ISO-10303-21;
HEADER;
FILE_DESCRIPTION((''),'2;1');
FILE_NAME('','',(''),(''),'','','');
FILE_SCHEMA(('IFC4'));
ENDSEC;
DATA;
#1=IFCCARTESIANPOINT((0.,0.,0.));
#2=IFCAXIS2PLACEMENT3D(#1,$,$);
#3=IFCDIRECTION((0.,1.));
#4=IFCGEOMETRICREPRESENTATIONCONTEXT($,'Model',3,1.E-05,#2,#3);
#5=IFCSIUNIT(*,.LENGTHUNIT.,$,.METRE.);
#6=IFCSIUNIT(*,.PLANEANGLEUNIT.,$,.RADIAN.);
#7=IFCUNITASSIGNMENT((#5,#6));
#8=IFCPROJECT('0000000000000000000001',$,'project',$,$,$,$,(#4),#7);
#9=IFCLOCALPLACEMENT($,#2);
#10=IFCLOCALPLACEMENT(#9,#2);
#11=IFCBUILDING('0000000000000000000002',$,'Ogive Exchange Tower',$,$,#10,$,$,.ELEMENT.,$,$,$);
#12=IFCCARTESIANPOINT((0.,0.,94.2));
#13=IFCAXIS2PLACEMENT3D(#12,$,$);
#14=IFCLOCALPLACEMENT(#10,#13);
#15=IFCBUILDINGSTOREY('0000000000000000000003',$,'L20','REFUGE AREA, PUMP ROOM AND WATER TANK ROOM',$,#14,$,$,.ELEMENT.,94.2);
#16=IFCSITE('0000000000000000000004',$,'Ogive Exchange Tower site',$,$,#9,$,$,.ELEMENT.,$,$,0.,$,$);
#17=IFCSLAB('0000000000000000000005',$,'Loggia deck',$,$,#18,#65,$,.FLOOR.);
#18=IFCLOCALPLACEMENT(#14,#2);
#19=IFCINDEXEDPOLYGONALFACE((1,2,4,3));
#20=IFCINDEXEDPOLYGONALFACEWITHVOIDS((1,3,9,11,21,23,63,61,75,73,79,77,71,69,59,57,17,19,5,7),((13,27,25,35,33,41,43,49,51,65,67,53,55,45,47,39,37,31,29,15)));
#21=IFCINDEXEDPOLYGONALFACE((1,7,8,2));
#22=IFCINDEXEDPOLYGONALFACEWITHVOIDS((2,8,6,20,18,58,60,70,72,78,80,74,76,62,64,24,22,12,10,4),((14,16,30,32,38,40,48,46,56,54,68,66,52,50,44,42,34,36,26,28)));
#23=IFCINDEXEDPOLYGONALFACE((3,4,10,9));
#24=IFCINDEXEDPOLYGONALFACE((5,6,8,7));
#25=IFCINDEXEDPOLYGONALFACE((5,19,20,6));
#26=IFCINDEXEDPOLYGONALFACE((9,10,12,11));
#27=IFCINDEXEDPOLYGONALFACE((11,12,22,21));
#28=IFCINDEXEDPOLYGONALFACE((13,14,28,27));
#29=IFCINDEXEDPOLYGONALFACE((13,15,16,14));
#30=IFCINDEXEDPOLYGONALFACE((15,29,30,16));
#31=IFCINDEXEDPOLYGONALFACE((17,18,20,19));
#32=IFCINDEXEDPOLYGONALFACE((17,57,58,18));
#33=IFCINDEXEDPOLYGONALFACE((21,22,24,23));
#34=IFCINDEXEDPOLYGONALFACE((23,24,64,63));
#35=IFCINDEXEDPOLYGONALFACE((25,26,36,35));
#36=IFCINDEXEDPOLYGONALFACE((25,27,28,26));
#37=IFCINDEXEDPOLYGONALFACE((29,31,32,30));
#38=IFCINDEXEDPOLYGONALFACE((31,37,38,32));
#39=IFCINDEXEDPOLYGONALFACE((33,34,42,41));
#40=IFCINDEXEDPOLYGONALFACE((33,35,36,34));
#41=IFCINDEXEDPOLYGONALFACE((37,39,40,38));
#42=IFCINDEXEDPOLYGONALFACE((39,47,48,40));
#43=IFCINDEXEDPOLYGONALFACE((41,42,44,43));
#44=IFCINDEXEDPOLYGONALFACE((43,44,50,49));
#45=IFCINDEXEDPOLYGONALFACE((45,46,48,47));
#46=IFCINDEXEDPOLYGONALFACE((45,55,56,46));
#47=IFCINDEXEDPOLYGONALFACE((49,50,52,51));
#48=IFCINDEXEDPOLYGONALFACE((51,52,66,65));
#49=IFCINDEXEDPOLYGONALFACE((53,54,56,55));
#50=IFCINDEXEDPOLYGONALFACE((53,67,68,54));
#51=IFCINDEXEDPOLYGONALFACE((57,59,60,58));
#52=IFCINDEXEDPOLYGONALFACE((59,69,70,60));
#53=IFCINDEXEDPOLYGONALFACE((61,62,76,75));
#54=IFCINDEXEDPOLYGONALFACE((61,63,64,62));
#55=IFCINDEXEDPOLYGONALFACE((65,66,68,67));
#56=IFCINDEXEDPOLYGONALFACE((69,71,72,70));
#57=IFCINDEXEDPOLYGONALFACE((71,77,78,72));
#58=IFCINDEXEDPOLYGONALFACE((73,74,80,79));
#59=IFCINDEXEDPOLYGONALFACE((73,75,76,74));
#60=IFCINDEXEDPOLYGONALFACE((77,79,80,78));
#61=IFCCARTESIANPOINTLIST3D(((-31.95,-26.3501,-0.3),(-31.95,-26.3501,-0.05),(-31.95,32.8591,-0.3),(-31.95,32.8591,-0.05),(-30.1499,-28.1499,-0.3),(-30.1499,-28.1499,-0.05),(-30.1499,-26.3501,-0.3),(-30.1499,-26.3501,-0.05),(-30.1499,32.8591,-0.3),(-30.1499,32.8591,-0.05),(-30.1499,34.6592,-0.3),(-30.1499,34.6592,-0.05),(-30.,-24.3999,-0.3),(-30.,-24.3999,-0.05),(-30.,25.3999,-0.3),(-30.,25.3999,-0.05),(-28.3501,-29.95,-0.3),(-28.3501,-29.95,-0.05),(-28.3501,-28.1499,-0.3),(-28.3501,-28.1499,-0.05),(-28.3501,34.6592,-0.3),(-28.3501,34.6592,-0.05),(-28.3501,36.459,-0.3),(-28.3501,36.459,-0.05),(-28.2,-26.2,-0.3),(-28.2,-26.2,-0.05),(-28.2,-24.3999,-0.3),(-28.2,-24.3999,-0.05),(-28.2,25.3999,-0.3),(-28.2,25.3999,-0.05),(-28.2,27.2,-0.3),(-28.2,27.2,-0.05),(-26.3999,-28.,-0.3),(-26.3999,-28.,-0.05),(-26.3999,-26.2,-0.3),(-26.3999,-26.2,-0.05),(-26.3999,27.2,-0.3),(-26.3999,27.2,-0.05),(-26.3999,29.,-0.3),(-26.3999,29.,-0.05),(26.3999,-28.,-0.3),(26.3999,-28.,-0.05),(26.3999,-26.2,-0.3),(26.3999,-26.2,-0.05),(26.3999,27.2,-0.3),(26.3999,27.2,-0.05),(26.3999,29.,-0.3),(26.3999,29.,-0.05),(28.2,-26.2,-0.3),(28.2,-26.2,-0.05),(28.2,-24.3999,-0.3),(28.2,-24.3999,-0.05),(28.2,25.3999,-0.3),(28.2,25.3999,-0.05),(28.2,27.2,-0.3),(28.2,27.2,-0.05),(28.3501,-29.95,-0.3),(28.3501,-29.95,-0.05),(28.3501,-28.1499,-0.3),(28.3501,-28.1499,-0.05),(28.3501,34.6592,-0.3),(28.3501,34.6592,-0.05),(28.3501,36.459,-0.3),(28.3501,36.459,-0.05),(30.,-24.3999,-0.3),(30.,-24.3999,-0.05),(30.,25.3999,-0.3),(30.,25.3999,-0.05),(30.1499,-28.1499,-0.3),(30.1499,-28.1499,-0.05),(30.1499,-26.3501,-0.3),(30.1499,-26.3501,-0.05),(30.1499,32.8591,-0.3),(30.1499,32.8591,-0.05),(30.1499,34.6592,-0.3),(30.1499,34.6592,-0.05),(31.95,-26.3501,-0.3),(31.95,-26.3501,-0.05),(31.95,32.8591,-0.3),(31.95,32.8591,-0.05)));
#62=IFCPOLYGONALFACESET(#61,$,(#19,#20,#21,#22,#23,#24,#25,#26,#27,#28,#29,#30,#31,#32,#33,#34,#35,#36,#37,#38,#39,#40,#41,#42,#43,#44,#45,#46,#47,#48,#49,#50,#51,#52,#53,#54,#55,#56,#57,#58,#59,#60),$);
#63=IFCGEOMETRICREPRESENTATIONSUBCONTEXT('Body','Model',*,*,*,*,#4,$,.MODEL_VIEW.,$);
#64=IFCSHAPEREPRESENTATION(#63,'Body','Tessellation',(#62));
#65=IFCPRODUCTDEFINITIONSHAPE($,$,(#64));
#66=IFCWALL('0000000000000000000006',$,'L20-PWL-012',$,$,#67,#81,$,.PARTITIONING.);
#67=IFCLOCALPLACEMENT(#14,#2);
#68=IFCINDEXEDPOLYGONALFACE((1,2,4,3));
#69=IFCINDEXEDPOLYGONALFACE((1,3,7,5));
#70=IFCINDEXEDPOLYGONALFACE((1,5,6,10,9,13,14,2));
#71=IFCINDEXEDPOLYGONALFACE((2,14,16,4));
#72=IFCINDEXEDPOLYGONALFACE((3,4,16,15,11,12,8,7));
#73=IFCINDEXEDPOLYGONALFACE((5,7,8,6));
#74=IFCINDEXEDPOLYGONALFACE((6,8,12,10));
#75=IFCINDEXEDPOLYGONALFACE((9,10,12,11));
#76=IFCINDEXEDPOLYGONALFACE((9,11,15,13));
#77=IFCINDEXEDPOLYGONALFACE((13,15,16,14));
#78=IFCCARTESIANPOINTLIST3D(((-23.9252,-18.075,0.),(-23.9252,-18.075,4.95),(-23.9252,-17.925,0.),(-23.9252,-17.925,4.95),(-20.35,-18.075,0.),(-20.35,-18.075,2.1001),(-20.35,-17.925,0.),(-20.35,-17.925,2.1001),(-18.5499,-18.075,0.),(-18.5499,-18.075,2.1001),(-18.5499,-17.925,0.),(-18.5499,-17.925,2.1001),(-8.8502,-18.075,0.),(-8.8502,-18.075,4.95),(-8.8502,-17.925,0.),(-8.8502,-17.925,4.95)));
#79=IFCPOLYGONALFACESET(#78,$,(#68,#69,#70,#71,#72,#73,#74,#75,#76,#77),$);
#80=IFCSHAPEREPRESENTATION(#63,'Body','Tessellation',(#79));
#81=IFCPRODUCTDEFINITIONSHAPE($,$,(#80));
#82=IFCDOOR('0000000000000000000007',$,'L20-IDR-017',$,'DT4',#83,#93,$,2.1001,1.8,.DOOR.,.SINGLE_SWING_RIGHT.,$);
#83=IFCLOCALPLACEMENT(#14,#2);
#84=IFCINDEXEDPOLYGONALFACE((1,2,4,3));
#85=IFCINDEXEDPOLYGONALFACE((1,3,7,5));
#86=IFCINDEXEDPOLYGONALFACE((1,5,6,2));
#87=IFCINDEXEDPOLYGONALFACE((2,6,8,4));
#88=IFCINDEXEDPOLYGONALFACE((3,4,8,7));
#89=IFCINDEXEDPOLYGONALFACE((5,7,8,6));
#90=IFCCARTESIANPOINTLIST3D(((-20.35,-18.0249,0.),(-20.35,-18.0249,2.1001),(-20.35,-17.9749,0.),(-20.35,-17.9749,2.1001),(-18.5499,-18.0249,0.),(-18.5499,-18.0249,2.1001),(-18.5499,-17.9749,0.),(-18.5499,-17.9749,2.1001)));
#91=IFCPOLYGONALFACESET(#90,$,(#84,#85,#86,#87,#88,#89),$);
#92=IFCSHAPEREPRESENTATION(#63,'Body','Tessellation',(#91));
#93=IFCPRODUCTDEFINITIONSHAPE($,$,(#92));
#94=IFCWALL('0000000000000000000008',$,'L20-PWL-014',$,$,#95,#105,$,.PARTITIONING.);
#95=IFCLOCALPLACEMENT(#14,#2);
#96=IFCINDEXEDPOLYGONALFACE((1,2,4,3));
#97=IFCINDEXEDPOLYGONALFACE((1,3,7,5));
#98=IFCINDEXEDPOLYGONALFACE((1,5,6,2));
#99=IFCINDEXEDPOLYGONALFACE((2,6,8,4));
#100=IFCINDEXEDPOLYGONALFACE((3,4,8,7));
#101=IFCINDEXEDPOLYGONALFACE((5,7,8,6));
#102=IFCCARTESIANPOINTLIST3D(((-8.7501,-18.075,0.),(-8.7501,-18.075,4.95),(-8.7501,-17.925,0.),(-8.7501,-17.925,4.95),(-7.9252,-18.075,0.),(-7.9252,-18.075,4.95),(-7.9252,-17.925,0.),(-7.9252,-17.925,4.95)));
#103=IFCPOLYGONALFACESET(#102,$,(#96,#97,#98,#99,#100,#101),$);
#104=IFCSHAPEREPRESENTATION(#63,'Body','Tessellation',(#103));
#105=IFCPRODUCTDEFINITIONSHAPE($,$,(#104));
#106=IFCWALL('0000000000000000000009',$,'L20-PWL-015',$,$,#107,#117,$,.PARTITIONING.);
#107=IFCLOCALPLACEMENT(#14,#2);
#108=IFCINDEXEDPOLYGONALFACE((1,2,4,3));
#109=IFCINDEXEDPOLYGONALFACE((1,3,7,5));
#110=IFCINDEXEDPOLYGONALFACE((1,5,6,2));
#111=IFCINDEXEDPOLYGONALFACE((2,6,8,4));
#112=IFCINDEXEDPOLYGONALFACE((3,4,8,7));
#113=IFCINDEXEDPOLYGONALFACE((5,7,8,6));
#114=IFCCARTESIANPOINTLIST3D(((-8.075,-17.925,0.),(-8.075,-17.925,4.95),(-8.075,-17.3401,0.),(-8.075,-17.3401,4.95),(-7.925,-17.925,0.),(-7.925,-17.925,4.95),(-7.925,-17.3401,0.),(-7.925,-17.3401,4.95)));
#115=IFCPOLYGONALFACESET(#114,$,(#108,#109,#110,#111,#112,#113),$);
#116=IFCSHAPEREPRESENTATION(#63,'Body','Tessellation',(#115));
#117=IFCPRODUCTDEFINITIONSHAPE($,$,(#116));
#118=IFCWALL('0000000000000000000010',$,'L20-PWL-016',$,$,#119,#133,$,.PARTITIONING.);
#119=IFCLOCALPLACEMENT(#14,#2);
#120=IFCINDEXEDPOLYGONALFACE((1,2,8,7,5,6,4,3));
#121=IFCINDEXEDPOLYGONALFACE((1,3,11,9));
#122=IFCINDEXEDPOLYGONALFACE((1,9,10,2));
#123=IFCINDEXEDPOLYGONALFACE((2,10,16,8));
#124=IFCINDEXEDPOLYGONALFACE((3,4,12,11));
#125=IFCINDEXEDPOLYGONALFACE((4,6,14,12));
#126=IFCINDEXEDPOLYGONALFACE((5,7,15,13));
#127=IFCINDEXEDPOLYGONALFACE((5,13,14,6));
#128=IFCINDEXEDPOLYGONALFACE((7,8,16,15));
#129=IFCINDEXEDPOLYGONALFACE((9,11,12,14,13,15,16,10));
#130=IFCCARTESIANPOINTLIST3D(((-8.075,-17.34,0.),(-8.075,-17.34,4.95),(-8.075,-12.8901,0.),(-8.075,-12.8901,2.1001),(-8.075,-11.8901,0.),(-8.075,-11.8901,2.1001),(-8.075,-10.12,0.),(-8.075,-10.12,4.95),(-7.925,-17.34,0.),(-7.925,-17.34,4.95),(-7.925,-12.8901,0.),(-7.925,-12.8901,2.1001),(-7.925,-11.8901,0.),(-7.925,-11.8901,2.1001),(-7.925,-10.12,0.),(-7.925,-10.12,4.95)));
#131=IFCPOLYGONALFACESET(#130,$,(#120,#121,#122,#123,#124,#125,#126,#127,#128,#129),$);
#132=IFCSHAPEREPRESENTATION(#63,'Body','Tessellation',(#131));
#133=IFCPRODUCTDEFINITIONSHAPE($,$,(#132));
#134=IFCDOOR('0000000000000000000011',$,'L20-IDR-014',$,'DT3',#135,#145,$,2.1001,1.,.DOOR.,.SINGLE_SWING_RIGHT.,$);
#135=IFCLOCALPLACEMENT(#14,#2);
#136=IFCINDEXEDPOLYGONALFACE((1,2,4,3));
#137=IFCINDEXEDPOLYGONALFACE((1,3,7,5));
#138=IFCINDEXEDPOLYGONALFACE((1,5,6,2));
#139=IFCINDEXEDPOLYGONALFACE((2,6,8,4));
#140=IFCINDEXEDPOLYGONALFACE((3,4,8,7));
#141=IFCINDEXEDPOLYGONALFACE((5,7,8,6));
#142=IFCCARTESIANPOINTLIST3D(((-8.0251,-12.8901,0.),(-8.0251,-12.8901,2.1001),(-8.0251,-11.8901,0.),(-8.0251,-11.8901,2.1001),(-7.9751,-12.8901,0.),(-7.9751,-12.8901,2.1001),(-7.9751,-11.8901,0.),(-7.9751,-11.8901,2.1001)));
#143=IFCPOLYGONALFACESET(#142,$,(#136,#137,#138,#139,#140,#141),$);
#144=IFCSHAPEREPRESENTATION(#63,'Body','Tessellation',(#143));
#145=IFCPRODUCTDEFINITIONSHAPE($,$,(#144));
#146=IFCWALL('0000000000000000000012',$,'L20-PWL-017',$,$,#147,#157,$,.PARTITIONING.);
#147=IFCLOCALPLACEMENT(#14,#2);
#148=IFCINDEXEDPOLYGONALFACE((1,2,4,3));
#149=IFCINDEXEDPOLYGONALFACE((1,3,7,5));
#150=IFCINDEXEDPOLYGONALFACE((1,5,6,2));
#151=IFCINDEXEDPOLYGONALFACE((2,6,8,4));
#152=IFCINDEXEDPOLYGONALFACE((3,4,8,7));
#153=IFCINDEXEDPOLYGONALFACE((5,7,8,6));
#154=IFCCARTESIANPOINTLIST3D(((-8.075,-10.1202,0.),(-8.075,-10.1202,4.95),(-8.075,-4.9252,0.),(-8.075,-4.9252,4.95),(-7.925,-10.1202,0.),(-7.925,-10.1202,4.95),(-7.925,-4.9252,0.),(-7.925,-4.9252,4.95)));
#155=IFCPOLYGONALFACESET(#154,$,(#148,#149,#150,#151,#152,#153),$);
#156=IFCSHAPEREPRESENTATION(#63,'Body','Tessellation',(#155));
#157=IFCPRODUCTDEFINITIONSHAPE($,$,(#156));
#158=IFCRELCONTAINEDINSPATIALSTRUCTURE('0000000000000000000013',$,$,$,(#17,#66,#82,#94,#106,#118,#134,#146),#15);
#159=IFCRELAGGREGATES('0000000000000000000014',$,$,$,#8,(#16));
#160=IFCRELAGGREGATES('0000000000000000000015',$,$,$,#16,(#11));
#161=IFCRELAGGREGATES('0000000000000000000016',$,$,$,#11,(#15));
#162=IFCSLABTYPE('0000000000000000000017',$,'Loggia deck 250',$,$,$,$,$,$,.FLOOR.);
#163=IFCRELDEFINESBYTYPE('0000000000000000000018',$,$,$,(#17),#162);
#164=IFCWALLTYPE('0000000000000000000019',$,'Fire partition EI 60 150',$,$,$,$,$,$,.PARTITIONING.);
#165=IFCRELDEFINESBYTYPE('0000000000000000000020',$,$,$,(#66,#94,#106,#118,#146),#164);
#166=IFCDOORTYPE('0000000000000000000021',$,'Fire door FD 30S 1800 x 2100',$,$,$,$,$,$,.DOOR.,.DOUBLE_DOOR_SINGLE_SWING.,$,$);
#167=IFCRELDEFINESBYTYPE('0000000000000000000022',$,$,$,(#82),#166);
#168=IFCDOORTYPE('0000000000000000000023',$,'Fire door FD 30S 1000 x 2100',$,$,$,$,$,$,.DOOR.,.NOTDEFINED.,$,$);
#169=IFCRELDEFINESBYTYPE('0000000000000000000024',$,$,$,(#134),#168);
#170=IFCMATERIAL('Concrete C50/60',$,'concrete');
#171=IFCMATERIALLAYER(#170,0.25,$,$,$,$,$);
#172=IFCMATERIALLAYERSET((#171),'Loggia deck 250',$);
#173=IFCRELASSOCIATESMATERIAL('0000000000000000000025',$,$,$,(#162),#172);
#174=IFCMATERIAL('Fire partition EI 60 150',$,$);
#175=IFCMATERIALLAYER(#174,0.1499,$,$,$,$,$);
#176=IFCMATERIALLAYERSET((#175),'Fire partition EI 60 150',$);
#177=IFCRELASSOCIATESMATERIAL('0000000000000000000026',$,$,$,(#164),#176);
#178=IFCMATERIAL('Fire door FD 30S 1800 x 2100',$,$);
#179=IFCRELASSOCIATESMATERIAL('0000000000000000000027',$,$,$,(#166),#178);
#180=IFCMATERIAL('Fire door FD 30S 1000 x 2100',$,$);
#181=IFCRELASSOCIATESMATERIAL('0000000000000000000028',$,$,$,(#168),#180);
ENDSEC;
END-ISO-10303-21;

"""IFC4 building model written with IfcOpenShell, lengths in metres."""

from ifc_helpers import new_model, si_unit, direction, frame, frame_2d, origin, place, context, subcontext, project, spatial, polyline, rectangle, outline, extrude, material, layer, layer_set, type_object, element, fill, save


model = new_model("IFC4")

# Units and contexts
model_context = context("Model", 3, precision=1e-05, world=origin(), true_north=direction((0.0, 1.0)))
body_context = subcontext(model_context, "Body", "Model", "MODEL_VIEW")
ifc_project = project(units=[si_unit("LENGTHUNIT", "METRE"), si_unit("PLANEANGLEUNIT", "RADIAN")], contexts=[model_context])

# Site, building, storey
site_placement = place(None, origin())
site = spatial("IfcSite", under=ifc_project, at=site_placement, Name="Ogive Exchange Tower site", CompositionType="ELEMENT", RefElevation=0.0)
building_placement = place(site_placement, origin())
building = spatial("IfcBuilding", under=site, at=building_placement, Name="Ogive Exchange Tower", CompositionType="ELEMENT")
storey_placement = place(building_placement, frame((0.0, 0.0, 94.2)))
storey = spatial("IfcBuildingStorey", under=building, at=storey_placement, Name="L20", Description="REFUGE AREA, PUMP ROOM AND WATER TANK ROOM", CompositionType="ELEMENT", Elevation=94.2)

# Slab
ifc_material_1 = material(Name="Concrete C50/60", Category="concrete")
ifc_layer_1 = layer(ifc_material_1, 0.25)
ifc_layer_set_1 = layer_set([ifc_layer_1], Name="Loggia deck 250")
slab_type_1 = type_object("IfcSlabType", Name="Loggia deck 250", PredefinedType="FLOOR", material=ifc_layer_set_1)
slab_1_placement = place(storey_placement, frame((0.0, 0.0, -0.3)))
element("IfcSlab", 1, at=slab_1_placement, inside=storey, type_object=slab_type_1, Name="Loggia deck", PredefinedType="FLOOR", context=body_context, shape_type="SweptSolid", body=[
    extrude(outline(polyline([(-28.3501, -28.1499), (-30.1499, -28.1499), (-30.1499, -26.3501), (-31.95, -26.3501), (-31.95, 32.8591), (-30.1499, 32.8591), (-30.1499, 34.6592), (-28.3501, 34.6592), (-28.3501, 36.459), (28.3501, 36.459), (28.3501, 34.6592), (30.1499, 34.6592), (30.1499, 32.8591), (31.95, 32.8591), (31.95, -26.3501), (30.1499, -26.3501), (30.1499, -28.1499), (28.3501, -28.1499), (28.3501, -29.95), (-28.3501, -29.95), (-28.3501, -28.1499)]), holes=[polyline([(26.3999, -26.2), (28.2, -26.2), (28.2, -24.3999), (30.0, -24.3999), (30.0, 25.3999), (28.2, 25.3999), (28.2, 27.2), (26.3999, 27.2), (26.3999, 29.0), (-26.3999, 29.0), (-26.3999, 27.2), (-28.2, 27.2), (-28.2, 25.3999), (-30.0, 25.3999), (-30.0, -24.3999), (-28.2, -24.3999), (-28.2, -26.2), (-26.3999, -26.2), (-26.3999, -28.0), (26.3999, -28.0), (26.3999, -26.2)])]), origin(), (0.0, 0.0, 1.0), 0.25),
])

# Wall, opening, door
ifc_material_2 = material(Name="Fire partition EI 60 150")
ifc_layer_2 = layer(ifc_material_2, 0.1499)
ifc_layer_set_2 = layer_set([ifc_layer_2], Name="Fire partition EI 60 150")
wall_type_1 = type_object("IfcWallType", Name="Fire partition EI 60 150", PredefinedType="PARTITIONING", material=ifc_layer_set_2)
wall_1_placement = place(storey_placement, frame((-8.8501, -18.0, 0.0), z_axis=(0.0, 0.0, 1.0), x_axis=(-1.0, 0.0, 0.0)))
wall_1 = element("IfcWall", 2, at=wall_1_placement, inside=storey, type_object=wall_type_1, Name="L20-PWL-012", PredefinedType="PARTITIONING", context=body_context, shape_type="SweptSolid", body=[
    extrude(rectangle(XDim=15.075, YDim=0.1499, at=frame_2d((7.5376, 0.0))), origin(), (0.0, 0.0, 1.0), 4.95),
])
opening_1_placement = place(wall_1_placement, frame((9.7, 0.0, 0.0)))
opening_1 = element("IfcOpeningElement", 3, at=opening_1_placement, cuts=wall_1, PredefinedType="OPENING", context=body_context, shape_type="SweptSolid", body=[
    extrude(rectangle(XDim=1.8, YDim=2.1001, at=frame_2d((0.8999, 1.05))), frame((0.0, 0.085, 0.0), z_axis=(0.0, -1.0, 0.0), x_axis=(1.0, 0.0, 0.0)), (0.0, 0.0, 1.0), 0.1699),
])
ifc_material_3 = material(Name="Fire door FD 30S 1800 x 2100")
door_type_1 = type_object("IfcDoorType", Name="Fire door FD 30S 1800 x 2100", OperationType="DOUBLE_DOOR_SINGLE_SWING", PredefinedType="DOOR", material=ifc_material_3)
door_1_placement = place(opening_1_placement, origin())
door_1 = element("IfcDoor", 4, at=door_1_placement, inside=storey, type_object=door_type_1, Name="L20-IDR-017", ObjectType="DT4", OperationType="SINGLE_SWING_RIGHT", OverallHeight=2.1001, OverallWidth=1.8, PredefinedType="DOOR", context=body_context, shape_type="SweptSolid", body=[
    extrude(rectangle(XDim=1.8, YDim=2.1001, at=frame_2d((0.8999, 1.05))), frame((0.0, 0.0249, 0.0), z_axis=(0.0, -1.0, 0.0), x_axis=(1.0, 0.0, 0.0)), (0.0, 0.0, 1.0), 0.05),
])
fill(opening_1, door_1)

# Walls
wall_2_placement = place(storey_placement, frame((-7.925, -18.0, 0.0), z_axis=(0.0, 0.0, 1.0), x_axis=(-1.0, 0.0, 0.0)))
element("IfcWall", 5, at=wall_2_placement, inside=storey, type_object=wall_type_1, Name="L20-PWL-014", PredefinedType="PARTITIONING", context=body_context, shape_type="SweptSolid", body=[
    extrude(rectangle(XDim=0.825, YDim=0.1499, at=frame_2d((0.4126, 0.0))), origin(), (0.0, 0.0, 1.0), 4.95),
])
wall_3_placement = place(storey_placement, frame((-8.0, -17.3401, 0.0), z_axis=(0.0, 0.0, 1.0), x_axis=(0.0, -1.0, 0.0)))
element("IfcWall", 6, at=wall_3_placement, inside=storey, type_object=wall_type_1, Name="L20-PWL-015", PredefinedType="PARTITIONING", context=body_context, shape_type="SweptSolid", body=[
    extrude(rectangle(XDim=0.585, YDim=0.1499, at=frame_2d((0.2925, 0.0))), origin(), (0.0, 0.0, 1.0), 4.95),
])

# Wall, opening, door
wall_4_placement = place(storey_placement, frame((-8.0, -10.1201, 0.0), z_axis=(0.0, 0.0, 1.0), x_axis=(0.0, -1.0, 0.0)))
wall_4 = element("IfcWall", 7, at=wall_4_placement, inside=storey, type_object=wall_type_1, Name="L20-PWL-016", PredefinedType="PARTITIONING", context=body_context, shape_type="SweptSolid", body=[
    extrude(rectangle(XDim=7.22, YDim=0.1499, at=frame_2d((3.6099, 0.0))), origin(), (0.0, 0.0, 1.0), 4.95),
])
opening_2_placement = place(wall_4_placement, frame((1.77, 0.0, 0.0)))
opening_2 = element("IfcOpeningElement", 8, at=opening_2_placement, cuts=wall_4, PredefinedType="OPENING", context=body_context, shape_type="SweptSolid", body=[
    extrude(rectangle(XDim=1.0, YDim=2.1001, at=frame_2d((0.5, 1.05))), frame((0.0, 0.085, 0.0), z_axis=(0.0, -1.0, 0.0), x_axis=(1.0, 0.0, 0.0)), (0.0, 0.0, 1.0), 0.1699),
])
ifc_material_4 = material(Name="Fire door FD 30S 1000 x 2100")
door_type_2 = type_object("IfcDoorType", Name="Fire door FD 30S 1000 x 2100", OperationType="NOTDEFINED", PredefinedType="DOOR", material=ifc_material_4)
door_2_placement = place(opening_2_placement, origin())
door_2 = element("IfcDoor", 9, at=door_2_placement, inside=storey, type_object=door_type_2, Name="L20-IDR-014", ObjectType="DT3", OperationType="SINGLE_SWING_RIGHT", OverallHeight=2.1001, OverallWidth=1.0, PredefinedType="DOOR", context=body_context, shape_type="SweptSolid", body=[
    extrude(rectangle(XDim=1.0, YDim=2.1001, at=frame_2d((0.5, 1.05))), frame((0.0, 0.0249, 0.0), z_axis=(0.0, -1.0, 0.0), x_axis=(1.0, 0.0, 0.0)), (0.0, 0.0, 1.0), 0.05),
])
fill(opening_2, door_2)

# Wall
wall_5_placement = place(storey_placement, frame((-8.0, -4.925, 0.0), z_axis=(0.0, 0.0, 1.0), x_axis=(0.0, -1.0, 0.0)))
element("IfcWall", 10, at=wall_5_placement, inside=storey, type_object=wall_type_1, Name="L20-PWL-017", PredefinedType="PARTITIONING", context=body_context, shape_type="SweptSolid", body=[
    extrude(rectangle(XDim=5.1951, YDim=0.1499, at=frame_2d((2.5977, 0.0))), origin(), (0.0, 0.0, 1.0), 4.95),
])

save(model, "model.ifc")
